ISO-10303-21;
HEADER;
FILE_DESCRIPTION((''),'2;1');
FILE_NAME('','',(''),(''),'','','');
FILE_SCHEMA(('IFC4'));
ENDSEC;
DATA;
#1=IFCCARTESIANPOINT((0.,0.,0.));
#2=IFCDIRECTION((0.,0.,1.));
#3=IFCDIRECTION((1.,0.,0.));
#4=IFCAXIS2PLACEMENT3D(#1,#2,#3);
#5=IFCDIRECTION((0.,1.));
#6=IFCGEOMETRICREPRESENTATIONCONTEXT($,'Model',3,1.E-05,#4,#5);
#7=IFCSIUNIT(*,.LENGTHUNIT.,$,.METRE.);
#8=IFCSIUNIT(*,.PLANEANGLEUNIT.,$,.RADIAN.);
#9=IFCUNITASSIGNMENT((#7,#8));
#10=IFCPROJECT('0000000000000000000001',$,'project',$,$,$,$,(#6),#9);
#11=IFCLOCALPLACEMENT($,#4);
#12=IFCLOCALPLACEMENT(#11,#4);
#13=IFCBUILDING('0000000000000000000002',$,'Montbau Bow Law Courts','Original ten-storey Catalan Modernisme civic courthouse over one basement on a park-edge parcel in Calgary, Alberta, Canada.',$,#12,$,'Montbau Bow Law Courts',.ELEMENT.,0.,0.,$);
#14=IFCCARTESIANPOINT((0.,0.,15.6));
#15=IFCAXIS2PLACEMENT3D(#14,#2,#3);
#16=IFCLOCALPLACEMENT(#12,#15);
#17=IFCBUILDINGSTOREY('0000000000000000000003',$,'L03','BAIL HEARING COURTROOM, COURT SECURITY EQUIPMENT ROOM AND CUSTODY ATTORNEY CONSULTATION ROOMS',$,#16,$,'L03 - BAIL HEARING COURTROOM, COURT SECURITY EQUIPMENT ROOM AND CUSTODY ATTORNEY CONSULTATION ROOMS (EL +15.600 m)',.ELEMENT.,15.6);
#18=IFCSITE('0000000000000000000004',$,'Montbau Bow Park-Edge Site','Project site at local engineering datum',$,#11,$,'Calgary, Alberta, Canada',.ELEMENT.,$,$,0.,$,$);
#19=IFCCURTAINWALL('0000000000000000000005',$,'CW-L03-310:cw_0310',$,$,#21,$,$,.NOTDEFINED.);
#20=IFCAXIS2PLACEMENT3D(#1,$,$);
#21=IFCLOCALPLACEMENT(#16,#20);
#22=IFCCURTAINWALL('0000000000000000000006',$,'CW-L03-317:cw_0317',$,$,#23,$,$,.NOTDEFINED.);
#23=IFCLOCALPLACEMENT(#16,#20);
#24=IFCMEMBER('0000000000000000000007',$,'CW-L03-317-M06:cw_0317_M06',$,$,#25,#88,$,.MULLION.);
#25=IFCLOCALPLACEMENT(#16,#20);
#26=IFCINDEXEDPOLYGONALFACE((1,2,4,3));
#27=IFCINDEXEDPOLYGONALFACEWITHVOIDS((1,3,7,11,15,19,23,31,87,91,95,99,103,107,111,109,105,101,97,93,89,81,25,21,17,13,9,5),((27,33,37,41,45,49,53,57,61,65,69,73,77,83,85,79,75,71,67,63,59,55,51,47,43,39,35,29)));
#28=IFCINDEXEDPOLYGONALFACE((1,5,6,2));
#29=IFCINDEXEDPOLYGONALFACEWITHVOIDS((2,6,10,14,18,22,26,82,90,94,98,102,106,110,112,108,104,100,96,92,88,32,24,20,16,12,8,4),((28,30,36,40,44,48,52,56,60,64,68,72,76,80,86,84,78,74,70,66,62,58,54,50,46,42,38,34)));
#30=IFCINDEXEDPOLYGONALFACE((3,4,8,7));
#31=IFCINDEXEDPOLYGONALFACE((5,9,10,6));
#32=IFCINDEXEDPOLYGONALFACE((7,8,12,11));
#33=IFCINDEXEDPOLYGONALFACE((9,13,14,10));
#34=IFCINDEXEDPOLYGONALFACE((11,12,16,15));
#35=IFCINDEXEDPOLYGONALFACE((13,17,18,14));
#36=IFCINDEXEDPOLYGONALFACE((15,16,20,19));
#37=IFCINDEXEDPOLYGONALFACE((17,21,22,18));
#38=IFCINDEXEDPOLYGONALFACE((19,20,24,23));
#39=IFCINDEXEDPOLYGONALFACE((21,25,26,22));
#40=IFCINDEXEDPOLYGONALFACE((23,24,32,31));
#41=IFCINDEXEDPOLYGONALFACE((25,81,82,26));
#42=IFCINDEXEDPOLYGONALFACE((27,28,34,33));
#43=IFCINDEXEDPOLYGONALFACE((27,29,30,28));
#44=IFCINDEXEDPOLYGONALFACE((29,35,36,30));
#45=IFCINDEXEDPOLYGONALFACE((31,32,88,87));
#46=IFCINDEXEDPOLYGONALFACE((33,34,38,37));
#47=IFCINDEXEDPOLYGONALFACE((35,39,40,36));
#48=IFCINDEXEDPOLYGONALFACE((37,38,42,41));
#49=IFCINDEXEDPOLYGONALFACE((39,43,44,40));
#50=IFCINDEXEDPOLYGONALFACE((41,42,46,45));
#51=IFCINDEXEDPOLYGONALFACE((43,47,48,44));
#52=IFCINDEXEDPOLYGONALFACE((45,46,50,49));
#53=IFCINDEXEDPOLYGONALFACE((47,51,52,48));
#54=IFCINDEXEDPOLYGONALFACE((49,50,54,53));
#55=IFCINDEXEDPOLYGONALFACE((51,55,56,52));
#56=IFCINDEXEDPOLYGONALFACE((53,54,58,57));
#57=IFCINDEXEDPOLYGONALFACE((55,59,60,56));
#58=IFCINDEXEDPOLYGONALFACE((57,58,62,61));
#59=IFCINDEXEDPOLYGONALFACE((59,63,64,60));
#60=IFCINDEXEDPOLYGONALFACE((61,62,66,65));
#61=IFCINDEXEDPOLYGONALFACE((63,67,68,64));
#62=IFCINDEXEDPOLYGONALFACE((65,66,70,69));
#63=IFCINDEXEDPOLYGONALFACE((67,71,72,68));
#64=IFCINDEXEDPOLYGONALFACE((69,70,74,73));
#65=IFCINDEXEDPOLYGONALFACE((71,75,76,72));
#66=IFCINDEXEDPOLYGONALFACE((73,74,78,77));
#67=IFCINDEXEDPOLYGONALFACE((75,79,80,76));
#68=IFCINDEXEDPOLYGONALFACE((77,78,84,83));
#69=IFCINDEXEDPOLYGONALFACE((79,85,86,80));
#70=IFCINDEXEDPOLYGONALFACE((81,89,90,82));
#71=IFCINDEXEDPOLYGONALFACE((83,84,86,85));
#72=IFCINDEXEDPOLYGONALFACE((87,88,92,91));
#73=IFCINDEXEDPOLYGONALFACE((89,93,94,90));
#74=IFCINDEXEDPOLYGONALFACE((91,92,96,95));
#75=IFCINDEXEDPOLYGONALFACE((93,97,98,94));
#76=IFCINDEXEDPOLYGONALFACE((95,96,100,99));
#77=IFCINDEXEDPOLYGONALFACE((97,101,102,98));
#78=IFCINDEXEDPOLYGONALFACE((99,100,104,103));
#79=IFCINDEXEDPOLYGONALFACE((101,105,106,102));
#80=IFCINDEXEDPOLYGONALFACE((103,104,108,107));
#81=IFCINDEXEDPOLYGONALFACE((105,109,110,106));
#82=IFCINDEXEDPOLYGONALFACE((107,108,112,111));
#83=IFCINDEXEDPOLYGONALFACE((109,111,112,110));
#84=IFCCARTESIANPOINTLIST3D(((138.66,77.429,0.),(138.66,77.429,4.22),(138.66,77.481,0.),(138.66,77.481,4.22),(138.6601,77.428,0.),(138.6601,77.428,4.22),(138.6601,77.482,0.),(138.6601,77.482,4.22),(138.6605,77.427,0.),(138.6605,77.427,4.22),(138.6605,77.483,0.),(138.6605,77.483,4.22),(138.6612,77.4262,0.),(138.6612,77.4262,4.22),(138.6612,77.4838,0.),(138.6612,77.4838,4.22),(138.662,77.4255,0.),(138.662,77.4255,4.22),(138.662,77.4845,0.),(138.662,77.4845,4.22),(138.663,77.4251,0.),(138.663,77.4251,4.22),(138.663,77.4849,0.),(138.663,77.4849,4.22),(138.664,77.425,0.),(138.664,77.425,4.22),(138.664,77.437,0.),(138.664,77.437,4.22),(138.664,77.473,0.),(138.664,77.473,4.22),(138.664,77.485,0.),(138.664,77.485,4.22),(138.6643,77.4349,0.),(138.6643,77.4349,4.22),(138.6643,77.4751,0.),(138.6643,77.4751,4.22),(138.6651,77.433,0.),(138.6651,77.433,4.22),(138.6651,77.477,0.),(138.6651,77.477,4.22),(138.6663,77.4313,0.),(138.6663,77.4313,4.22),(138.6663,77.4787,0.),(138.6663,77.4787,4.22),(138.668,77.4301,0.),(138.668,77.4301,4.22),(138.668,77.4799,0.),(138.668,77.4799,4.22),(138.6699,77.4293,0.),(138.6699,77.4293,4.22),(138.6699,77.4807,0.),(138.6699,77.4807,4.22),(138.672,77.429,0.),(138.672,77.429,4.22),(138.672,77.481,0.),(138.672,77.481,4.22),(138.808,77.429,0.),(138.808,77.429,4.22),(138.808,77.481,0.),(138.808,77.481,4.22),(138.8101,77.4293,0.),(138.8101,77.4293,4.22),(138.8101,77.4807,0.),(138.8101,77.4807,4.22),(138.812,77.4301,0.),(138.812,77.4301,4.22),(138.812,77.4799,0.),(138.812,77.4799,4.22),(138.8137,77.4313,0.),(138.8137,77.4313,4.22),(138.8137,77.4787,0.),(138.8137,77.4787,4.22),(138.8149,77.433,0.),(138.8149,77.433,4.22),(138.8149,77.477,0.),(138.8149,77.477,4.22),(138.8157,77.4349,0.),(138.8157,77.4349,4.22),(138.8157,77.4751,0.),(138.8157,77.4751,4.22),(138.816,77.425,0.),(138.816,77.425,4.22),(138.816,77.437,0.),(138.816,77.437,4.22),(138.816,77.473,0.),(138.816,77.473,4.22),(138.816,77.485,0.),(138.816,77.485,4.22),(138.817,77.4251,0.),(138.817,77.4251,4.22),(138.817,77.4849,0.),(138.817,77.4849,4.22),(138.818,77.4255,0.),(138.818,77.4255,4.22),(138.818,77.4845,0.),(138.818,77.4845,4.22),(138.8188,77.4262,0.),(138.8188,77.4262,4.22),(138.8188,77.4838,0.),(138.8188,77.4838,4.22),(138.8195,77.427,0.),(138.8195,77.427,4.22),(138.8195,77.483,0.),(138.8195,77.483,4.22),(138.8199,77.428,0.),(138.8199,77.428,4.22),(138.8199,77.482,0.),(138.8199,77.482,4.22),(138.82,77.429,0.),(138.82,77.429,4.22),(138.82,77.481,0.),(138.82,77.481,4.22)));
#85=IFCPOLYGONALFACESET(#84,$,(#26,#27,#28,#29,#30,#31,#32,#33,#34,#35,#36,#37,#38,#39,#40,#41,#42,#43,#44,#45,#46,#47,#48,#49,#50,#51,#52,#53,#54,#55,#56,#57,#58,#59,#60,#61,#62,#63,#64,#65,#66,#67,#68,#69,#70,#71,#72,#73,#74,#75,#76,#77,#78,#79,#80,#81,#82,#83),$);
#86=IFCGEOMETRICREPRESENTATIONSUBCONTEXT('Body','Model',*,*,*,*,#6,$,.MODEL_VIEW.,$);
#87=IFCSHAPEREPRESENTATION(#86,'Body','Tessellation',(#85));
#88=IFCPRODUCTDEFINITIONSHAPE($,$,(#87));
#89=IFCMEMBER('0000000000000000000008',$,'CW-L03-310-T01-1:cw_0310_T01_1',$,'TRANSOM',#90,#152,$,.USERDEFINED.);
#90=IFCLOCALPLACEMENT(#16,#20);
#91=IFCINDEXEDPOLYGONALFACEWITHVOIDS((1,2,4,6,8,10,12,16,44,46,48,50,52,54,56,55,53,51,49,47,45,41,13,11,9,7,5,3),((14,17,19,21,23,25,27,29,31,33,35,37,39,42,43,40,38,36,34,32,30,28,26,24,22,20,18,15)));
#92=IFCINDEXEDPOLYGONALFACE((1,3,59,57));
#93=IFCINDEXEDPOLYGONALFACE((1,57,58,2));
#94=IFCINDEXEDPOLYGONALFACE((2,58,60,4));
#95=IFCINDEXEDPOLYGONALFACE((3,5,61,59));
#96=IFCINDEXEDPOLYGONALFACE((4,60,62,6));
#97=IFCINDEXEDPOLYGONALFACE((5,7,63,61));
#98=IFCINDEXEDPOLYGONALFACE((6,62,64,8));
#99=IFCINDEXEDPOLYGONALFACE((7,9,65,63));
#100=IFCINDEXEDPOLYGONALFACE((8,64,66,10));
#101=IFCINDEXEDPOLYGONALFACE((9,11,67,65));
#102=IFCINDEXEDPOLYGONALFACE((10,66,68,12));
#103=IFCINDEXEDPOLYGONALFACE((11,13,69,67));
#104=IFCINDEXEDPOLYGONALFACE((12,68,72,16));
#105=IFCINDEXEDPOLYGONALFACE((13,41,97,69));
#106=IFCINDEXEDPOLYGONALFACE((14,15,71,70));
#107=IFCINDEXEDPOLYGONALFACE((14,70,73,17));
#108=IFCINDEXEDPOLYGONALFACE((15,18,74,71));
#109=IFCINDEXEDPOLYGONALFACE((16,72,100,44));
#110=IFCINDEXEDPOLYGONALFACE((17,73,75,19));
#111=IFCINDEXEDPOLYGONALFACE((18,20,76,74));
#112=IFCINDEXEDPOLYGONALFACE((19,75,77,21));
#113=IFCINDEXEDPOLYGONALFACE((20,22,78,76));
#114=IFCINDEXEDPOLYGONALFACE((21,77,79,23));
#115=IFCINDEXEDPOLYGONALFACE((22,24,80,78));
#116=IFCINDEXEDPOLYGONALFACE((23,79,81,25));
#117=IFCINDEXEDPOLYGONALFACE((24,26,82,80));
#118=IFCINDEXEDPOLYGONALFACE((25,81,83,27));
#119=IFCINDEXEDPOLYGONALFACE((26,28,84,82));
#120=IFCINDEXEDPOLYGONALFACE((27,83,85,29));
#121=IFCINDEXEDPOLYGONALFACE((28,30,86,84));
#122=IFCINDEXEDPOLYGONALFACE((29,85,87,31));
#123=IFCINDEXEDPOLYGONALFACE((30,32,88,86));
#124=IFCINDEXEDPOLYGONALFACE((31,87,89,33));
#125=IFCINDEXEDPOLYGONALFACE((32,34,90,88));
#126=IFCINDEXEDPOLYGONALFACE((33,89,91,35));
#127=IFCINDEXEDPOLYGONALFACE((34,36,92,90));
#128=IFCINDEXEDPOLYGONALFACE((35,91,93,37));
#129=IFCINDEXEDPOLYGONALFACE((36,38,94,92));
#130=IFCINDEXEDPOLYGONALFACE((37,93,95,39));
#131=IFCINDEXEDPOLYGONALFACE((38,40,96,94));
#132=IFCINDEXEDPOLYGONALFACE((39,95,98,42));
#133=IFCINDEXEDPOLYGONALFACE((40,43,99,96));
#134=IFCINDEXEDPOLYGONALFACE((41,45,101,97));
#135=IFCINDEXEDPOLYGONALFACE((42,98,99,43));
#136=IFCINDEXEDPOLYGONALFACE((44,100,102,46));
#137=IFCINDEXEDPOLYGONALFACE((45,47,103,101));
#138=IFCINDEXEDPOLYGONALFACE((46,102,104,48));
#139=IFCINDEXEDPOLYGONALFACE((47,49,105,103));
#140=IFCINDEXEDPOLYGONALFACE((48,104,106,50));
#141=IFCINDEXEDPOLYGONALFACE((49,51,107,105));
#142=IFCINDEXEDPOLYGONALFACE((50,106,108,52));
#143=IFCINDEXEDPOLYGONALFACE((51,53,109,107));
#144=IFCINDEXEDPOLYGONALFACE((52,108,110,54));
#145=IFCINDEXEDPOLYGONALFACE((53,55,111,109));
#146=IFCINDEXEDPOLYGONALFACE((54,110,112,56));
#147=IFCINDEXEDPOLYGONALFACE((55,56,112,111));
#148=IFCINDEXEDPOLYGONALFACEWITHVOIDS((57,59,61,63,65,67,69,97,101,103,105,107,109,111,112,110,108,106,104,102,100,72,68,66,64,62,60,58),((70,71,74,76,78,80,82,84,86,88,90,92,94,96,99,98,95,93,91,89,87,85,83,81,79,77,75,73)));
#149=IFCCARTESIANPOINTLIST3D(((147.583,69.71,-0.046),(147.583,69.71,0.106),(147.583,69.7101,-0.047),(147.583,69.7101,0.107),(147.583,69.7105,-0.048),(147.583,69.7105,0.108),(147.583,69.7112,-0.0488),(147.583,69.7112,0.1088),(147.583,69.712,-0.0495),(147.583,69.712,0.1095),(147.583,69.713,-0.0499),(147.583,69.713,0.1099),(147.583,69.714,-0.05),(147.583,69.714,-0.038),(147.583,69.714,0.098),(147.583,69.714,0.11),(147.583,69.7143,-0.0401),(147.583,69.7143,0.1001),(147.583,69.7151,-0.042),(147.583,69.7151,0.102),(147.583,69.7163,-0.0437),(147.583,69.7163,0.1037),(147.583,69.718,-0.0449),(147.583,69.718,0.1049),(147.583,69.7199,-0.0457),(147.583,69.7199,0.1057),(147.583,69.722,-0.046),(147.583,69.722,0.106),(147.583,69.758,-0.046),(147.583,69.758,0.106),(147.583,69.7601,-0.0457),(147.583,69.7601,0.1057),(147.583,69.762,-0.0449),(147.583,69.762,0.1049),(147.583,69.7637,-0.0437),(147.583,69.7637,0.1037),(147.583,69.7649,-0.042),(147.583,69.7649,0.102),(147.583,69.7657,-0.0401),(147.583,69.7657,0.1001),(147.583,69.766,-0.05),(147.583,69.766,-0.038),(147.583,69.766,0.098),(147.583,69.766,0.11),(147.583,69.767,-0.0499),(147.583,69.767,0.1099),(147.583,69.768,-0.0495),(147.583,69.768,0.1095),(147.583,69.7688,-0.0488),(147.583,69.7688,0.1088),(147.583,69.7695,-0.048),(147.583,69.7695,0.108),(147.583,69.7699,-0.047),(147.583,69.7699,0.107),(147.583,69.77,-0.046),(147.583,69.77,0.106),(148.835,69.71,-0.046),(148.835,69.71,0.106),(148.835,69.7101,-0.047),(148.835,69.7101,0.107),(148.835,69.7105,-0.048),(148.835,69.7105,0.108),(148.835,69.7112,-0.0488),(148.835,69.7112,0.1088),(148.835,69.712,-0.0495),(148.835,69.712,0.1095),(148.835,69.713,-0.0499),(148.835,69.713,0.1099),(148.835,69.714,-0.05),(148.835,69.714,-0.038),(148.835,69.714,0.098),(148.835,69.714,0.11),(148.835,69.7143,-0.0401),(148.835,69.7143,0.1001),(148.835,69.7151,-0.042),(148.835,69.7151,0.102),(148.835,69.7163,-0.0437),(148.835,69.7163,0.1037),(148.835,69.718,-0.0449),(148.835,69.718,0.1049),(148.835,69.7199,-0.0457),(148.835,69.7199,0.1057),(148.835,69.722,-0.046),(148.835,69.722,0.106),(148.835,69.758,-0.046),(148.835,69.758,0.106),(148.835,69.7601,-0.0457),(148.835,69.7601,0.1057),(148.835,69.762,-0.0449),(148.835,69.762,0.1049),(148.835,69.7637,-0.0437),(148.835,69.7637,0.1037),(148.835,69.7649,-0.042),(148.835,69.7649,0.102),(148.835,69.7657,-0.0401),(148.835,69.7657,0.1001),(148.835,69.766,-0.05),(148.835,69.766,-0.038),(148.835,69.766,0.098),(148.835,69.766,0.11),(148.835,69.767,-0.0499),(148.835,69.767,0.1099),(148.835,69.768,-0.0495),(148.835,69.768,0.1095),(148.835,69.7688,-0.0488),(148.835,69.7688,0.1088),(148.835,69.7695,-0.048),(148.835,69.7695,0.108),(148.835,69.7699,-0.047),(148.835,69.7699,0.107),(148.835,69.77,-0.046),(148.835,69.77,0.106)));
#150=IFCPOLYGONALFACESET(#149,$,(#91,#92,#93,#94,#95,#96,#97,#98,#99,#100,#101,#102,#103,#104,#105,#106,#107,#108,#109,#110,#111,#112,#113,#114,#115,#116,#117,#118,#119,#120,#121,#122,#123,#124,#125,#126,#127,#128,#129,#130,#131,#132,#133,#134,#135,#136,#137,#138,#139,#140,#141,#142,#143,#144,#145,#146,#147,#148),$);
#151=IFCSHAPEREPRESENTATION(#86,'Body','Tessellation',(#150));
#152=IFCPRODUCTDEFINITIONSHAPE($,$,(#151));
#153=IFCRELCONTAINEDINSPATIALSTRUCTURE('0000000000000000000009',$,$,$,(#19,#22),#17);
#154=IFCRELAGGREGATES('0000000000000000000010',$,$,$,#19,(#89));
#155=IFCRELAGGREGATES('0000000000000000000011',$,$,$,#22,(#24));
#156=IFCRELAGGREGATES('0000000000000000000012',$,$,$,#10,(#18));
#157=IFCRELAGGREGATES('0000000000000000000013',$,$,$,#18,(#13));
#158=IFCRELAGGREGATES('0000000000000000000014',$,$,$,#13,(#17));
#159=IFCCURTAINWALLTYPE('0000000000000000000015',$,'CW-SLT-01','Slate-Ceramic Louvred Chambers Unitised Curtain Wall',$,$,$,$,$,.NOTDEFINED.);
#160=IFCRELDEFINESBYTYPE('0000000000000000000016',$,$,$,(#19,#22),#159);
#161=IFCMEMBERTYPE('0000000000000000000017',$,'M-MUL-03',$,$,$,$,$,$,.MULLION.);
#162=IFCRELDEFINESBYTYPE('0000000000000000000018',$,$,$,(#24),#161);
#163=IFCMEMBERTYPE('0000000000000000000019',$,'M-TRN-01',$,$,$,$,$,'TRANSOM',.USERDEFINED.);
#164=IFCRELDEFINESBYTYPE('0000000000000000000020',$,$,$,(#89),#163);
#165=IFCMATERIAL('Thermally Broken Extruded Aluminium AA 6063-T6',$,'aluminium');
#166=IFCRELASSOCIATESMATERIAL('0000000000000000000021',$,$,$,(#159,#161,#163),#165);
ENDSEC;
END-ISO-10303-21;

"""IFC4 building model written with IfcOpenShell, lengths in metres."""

from ifc_helpers import new_model, si_unit, direction, frame, origin_with_axes, origin_2d_with_axis, place, context, subcontext, project, spatial, hollow_rectangle, extrude, material, material_profile, profile_set, type_object, element, aggregate, save


model = new_model("IFC4")

# Units and contexts
model_context = context("Model", 3, precision=1e-05, world=origin_with_axes(), true_north=direction((0.0, 1.0)))
body_context = subcontext(model_context, "Body", "Model", "MODEL_VIEW")
ifc_project = project(units=[si_unit("LENGTHUNIT", "METRE"), si_unit("PLANEANGLEUNIT", "RADIAN")], contexts=[model_context])

# Site, building, storey
site_placement = place(None, origin_with_axes())
site = spatial("IfcSite", under=ifc_project, at=site_placement, Name="Montbau Bow Park-Edge Site", Description="Project site at local engineering datum", LongName="Calgary, Alberta, Canada", CompositionType="ELEMENT", RefElevation=0.0)
building_placement = place(site_placement, origin_with_axes())
building = spatial("IfcBuilding", under=site, at=building_placement, Name="Montbau Bow Law Courts", Description="Original ten-storey Catalan Modernisme civic courthouse over one basement on a park-edge parcel in Calgary, Alberta, Canada.", LongName="Montbau Bow Law Courts", CompositionType="ELEMENT", ElevationOfRefHeight=0.0, ElevationOfTerrain=0.0)
storey_placement = place(building_placement, frame((0.0, 0.0, 15.6), z_axis=(0.0, 0.0, 1.0), x_axis=(1.0, 0.0, 0.0)))
storey = spatial("IfcBuildingStorey", under=building, at=storey_placement, Name="L03", Description="BAIL HEARING COURTROOM, COURT SECURITY EQUIPMENT ROOM AND CUSTODY ATTORNEY CONSULTATION ROOMS", LongName="L03 - BAIL HEARING COURTROOM, COURT SECURITY EQUIPMENT ROOM AND CUSTODY ATTORNEY CONSULTATION ROOMS (EL +15.600 m)", CompositionType="ELEMENT", Elevation=15.6)

# Shared definitions
ifc_material_1 = material(Name="Thermally Broken Extruded Aluminium AA 6063-T6", Category="aluminium")
curtain_wall_type = type_object("IfcCurtainWallType", Name="CW-SLT-01", Description="Slate-Ceramic Louvred Chambers Unitised Curtain Wall", PredefinedType="NOTDEFINED", material=ifc_material_1)

# Curtain walls, member
curtain_wall_1_placement = place(None, frame((147.515, 69.74, 15.6), z_axis=(0.0, 0.0, 1.0), x_axis=(1.0, 0.0, 0.0)))
curtain_wall_1 = element("IfcCurtainWall", 1, at=curtain_wall_1_placement, inside=storey, type_object=curtain_wall_type, Name="CW-L03-310:cw_0310", PredefinedType="NOTDEFINED")
curtain_wall_2_placement = place(None, frame((138.74, 70.115, 15.6), z_axis=(0.0, 0.0, 1.0), x_axis=(1.0, 0.0, 0.0)))
curtain_wall_2 = element("IfcCurtainWall", 2, at=curtain_wall_2_placement, inside=storey, type_object=curtain_wall_type, Name="CW-L03-317:cw_0317", PredefinedType="NOTDEFINED")
ifc_material_profile_1 = material_profile(ifc_material_1, hollow_rectangle(XDim=0.06, YDim=0.16, WallThickness=0.004, InnerFilletRadius=0.008, OuterFilletRadius=0.004, at=origin_2d_with_axis()), Name="CWM-160X60", Category="Main", Priority=0)
ifc_profile_set_1 = profile_set([ifc_material_profile_1], Name="Thermally Broken Extruded Aluminium AA 6063-T6")
member_type_1 = type_object("IfcMemberType", Name="M-MUL-03", PredefinedType="MULLION", material=ifc_profile_set_1)
member_1_placement = place(None, frame((138.74, 77.455, 15.6), z_axis=(0.0, 0.0, 1.0), x_axis=(0.0, 1.0, 0.0)))
member_1 = element("IfcMember", 3, at=member_1_placement, type_object=member_type_1, Name="CW-L03-317-M06:cw_0317_M06", PredefinedType="MULLION", context=body_context, shape_type="SweptSolid", body=[
    extrude(hollow_rectangle(XDim=0.06, YDim=0.16, WallThickness=0.004, InnerFilletRadius=0.008, OuterFilletRadius=0.004, at=origin_2d_with_axis()), origin_with_axes(), (0.0, 0.0, 1.0), 4.22),
])

# Member
ifc_material_profile_2 = material_profile(ifc_material_1, hollow_rectangle(XDim=0.06, YDim=0.16, WallThickness=0.004, InnerFilletRadius=0.008, OuterFilletRadius=0.004, at=origin_2d_with_axis()), Name="CWT-160X60", Category="Main", Priority=0)
ifc_profile_set_2 = profile_set([ifc_material_profile_2], Name="Thermally Broken Extruded Aluminium AA 6063-T6")
member_type_2 = type_object("IfcMemberType", Name="M-TRN-01", ElementType="TRANSOM", PredefinedType="USERDEFINED", material=ifc_profile_set_2)
member_2_placement = place(None, frame((147.583, 69.74, 15.63), z_axis=(1.0, 0.0, 0.0), x_axis=(0.0, 1.0, 0.0)))
member_2 = element("IfcMember", 4, at=member_2_placement, type_object=member_type_2, Name="CW-L03-310-T01-1:cw_0310_T01_1", ObjectType="TRANSOM", PredefinedType="USERDEFINED", context=body_context, shape_type="SweptSolid", body=[
    extrude(hollow_rectangle(XDim=0.06, YDim=0.16, WallThickness=0.004, InnerFilletRadius=0.008, OuterFilletRadius=0.004, at=origin_2d_with_axis()), origin_with_axes(), (0.0, 0.0, 1.0), 1.252),
])

aggregate(curtain_wall_1, [member_2])
aggregate(curtain_wall_2, [member_1])

save(model, "model.ifc")
